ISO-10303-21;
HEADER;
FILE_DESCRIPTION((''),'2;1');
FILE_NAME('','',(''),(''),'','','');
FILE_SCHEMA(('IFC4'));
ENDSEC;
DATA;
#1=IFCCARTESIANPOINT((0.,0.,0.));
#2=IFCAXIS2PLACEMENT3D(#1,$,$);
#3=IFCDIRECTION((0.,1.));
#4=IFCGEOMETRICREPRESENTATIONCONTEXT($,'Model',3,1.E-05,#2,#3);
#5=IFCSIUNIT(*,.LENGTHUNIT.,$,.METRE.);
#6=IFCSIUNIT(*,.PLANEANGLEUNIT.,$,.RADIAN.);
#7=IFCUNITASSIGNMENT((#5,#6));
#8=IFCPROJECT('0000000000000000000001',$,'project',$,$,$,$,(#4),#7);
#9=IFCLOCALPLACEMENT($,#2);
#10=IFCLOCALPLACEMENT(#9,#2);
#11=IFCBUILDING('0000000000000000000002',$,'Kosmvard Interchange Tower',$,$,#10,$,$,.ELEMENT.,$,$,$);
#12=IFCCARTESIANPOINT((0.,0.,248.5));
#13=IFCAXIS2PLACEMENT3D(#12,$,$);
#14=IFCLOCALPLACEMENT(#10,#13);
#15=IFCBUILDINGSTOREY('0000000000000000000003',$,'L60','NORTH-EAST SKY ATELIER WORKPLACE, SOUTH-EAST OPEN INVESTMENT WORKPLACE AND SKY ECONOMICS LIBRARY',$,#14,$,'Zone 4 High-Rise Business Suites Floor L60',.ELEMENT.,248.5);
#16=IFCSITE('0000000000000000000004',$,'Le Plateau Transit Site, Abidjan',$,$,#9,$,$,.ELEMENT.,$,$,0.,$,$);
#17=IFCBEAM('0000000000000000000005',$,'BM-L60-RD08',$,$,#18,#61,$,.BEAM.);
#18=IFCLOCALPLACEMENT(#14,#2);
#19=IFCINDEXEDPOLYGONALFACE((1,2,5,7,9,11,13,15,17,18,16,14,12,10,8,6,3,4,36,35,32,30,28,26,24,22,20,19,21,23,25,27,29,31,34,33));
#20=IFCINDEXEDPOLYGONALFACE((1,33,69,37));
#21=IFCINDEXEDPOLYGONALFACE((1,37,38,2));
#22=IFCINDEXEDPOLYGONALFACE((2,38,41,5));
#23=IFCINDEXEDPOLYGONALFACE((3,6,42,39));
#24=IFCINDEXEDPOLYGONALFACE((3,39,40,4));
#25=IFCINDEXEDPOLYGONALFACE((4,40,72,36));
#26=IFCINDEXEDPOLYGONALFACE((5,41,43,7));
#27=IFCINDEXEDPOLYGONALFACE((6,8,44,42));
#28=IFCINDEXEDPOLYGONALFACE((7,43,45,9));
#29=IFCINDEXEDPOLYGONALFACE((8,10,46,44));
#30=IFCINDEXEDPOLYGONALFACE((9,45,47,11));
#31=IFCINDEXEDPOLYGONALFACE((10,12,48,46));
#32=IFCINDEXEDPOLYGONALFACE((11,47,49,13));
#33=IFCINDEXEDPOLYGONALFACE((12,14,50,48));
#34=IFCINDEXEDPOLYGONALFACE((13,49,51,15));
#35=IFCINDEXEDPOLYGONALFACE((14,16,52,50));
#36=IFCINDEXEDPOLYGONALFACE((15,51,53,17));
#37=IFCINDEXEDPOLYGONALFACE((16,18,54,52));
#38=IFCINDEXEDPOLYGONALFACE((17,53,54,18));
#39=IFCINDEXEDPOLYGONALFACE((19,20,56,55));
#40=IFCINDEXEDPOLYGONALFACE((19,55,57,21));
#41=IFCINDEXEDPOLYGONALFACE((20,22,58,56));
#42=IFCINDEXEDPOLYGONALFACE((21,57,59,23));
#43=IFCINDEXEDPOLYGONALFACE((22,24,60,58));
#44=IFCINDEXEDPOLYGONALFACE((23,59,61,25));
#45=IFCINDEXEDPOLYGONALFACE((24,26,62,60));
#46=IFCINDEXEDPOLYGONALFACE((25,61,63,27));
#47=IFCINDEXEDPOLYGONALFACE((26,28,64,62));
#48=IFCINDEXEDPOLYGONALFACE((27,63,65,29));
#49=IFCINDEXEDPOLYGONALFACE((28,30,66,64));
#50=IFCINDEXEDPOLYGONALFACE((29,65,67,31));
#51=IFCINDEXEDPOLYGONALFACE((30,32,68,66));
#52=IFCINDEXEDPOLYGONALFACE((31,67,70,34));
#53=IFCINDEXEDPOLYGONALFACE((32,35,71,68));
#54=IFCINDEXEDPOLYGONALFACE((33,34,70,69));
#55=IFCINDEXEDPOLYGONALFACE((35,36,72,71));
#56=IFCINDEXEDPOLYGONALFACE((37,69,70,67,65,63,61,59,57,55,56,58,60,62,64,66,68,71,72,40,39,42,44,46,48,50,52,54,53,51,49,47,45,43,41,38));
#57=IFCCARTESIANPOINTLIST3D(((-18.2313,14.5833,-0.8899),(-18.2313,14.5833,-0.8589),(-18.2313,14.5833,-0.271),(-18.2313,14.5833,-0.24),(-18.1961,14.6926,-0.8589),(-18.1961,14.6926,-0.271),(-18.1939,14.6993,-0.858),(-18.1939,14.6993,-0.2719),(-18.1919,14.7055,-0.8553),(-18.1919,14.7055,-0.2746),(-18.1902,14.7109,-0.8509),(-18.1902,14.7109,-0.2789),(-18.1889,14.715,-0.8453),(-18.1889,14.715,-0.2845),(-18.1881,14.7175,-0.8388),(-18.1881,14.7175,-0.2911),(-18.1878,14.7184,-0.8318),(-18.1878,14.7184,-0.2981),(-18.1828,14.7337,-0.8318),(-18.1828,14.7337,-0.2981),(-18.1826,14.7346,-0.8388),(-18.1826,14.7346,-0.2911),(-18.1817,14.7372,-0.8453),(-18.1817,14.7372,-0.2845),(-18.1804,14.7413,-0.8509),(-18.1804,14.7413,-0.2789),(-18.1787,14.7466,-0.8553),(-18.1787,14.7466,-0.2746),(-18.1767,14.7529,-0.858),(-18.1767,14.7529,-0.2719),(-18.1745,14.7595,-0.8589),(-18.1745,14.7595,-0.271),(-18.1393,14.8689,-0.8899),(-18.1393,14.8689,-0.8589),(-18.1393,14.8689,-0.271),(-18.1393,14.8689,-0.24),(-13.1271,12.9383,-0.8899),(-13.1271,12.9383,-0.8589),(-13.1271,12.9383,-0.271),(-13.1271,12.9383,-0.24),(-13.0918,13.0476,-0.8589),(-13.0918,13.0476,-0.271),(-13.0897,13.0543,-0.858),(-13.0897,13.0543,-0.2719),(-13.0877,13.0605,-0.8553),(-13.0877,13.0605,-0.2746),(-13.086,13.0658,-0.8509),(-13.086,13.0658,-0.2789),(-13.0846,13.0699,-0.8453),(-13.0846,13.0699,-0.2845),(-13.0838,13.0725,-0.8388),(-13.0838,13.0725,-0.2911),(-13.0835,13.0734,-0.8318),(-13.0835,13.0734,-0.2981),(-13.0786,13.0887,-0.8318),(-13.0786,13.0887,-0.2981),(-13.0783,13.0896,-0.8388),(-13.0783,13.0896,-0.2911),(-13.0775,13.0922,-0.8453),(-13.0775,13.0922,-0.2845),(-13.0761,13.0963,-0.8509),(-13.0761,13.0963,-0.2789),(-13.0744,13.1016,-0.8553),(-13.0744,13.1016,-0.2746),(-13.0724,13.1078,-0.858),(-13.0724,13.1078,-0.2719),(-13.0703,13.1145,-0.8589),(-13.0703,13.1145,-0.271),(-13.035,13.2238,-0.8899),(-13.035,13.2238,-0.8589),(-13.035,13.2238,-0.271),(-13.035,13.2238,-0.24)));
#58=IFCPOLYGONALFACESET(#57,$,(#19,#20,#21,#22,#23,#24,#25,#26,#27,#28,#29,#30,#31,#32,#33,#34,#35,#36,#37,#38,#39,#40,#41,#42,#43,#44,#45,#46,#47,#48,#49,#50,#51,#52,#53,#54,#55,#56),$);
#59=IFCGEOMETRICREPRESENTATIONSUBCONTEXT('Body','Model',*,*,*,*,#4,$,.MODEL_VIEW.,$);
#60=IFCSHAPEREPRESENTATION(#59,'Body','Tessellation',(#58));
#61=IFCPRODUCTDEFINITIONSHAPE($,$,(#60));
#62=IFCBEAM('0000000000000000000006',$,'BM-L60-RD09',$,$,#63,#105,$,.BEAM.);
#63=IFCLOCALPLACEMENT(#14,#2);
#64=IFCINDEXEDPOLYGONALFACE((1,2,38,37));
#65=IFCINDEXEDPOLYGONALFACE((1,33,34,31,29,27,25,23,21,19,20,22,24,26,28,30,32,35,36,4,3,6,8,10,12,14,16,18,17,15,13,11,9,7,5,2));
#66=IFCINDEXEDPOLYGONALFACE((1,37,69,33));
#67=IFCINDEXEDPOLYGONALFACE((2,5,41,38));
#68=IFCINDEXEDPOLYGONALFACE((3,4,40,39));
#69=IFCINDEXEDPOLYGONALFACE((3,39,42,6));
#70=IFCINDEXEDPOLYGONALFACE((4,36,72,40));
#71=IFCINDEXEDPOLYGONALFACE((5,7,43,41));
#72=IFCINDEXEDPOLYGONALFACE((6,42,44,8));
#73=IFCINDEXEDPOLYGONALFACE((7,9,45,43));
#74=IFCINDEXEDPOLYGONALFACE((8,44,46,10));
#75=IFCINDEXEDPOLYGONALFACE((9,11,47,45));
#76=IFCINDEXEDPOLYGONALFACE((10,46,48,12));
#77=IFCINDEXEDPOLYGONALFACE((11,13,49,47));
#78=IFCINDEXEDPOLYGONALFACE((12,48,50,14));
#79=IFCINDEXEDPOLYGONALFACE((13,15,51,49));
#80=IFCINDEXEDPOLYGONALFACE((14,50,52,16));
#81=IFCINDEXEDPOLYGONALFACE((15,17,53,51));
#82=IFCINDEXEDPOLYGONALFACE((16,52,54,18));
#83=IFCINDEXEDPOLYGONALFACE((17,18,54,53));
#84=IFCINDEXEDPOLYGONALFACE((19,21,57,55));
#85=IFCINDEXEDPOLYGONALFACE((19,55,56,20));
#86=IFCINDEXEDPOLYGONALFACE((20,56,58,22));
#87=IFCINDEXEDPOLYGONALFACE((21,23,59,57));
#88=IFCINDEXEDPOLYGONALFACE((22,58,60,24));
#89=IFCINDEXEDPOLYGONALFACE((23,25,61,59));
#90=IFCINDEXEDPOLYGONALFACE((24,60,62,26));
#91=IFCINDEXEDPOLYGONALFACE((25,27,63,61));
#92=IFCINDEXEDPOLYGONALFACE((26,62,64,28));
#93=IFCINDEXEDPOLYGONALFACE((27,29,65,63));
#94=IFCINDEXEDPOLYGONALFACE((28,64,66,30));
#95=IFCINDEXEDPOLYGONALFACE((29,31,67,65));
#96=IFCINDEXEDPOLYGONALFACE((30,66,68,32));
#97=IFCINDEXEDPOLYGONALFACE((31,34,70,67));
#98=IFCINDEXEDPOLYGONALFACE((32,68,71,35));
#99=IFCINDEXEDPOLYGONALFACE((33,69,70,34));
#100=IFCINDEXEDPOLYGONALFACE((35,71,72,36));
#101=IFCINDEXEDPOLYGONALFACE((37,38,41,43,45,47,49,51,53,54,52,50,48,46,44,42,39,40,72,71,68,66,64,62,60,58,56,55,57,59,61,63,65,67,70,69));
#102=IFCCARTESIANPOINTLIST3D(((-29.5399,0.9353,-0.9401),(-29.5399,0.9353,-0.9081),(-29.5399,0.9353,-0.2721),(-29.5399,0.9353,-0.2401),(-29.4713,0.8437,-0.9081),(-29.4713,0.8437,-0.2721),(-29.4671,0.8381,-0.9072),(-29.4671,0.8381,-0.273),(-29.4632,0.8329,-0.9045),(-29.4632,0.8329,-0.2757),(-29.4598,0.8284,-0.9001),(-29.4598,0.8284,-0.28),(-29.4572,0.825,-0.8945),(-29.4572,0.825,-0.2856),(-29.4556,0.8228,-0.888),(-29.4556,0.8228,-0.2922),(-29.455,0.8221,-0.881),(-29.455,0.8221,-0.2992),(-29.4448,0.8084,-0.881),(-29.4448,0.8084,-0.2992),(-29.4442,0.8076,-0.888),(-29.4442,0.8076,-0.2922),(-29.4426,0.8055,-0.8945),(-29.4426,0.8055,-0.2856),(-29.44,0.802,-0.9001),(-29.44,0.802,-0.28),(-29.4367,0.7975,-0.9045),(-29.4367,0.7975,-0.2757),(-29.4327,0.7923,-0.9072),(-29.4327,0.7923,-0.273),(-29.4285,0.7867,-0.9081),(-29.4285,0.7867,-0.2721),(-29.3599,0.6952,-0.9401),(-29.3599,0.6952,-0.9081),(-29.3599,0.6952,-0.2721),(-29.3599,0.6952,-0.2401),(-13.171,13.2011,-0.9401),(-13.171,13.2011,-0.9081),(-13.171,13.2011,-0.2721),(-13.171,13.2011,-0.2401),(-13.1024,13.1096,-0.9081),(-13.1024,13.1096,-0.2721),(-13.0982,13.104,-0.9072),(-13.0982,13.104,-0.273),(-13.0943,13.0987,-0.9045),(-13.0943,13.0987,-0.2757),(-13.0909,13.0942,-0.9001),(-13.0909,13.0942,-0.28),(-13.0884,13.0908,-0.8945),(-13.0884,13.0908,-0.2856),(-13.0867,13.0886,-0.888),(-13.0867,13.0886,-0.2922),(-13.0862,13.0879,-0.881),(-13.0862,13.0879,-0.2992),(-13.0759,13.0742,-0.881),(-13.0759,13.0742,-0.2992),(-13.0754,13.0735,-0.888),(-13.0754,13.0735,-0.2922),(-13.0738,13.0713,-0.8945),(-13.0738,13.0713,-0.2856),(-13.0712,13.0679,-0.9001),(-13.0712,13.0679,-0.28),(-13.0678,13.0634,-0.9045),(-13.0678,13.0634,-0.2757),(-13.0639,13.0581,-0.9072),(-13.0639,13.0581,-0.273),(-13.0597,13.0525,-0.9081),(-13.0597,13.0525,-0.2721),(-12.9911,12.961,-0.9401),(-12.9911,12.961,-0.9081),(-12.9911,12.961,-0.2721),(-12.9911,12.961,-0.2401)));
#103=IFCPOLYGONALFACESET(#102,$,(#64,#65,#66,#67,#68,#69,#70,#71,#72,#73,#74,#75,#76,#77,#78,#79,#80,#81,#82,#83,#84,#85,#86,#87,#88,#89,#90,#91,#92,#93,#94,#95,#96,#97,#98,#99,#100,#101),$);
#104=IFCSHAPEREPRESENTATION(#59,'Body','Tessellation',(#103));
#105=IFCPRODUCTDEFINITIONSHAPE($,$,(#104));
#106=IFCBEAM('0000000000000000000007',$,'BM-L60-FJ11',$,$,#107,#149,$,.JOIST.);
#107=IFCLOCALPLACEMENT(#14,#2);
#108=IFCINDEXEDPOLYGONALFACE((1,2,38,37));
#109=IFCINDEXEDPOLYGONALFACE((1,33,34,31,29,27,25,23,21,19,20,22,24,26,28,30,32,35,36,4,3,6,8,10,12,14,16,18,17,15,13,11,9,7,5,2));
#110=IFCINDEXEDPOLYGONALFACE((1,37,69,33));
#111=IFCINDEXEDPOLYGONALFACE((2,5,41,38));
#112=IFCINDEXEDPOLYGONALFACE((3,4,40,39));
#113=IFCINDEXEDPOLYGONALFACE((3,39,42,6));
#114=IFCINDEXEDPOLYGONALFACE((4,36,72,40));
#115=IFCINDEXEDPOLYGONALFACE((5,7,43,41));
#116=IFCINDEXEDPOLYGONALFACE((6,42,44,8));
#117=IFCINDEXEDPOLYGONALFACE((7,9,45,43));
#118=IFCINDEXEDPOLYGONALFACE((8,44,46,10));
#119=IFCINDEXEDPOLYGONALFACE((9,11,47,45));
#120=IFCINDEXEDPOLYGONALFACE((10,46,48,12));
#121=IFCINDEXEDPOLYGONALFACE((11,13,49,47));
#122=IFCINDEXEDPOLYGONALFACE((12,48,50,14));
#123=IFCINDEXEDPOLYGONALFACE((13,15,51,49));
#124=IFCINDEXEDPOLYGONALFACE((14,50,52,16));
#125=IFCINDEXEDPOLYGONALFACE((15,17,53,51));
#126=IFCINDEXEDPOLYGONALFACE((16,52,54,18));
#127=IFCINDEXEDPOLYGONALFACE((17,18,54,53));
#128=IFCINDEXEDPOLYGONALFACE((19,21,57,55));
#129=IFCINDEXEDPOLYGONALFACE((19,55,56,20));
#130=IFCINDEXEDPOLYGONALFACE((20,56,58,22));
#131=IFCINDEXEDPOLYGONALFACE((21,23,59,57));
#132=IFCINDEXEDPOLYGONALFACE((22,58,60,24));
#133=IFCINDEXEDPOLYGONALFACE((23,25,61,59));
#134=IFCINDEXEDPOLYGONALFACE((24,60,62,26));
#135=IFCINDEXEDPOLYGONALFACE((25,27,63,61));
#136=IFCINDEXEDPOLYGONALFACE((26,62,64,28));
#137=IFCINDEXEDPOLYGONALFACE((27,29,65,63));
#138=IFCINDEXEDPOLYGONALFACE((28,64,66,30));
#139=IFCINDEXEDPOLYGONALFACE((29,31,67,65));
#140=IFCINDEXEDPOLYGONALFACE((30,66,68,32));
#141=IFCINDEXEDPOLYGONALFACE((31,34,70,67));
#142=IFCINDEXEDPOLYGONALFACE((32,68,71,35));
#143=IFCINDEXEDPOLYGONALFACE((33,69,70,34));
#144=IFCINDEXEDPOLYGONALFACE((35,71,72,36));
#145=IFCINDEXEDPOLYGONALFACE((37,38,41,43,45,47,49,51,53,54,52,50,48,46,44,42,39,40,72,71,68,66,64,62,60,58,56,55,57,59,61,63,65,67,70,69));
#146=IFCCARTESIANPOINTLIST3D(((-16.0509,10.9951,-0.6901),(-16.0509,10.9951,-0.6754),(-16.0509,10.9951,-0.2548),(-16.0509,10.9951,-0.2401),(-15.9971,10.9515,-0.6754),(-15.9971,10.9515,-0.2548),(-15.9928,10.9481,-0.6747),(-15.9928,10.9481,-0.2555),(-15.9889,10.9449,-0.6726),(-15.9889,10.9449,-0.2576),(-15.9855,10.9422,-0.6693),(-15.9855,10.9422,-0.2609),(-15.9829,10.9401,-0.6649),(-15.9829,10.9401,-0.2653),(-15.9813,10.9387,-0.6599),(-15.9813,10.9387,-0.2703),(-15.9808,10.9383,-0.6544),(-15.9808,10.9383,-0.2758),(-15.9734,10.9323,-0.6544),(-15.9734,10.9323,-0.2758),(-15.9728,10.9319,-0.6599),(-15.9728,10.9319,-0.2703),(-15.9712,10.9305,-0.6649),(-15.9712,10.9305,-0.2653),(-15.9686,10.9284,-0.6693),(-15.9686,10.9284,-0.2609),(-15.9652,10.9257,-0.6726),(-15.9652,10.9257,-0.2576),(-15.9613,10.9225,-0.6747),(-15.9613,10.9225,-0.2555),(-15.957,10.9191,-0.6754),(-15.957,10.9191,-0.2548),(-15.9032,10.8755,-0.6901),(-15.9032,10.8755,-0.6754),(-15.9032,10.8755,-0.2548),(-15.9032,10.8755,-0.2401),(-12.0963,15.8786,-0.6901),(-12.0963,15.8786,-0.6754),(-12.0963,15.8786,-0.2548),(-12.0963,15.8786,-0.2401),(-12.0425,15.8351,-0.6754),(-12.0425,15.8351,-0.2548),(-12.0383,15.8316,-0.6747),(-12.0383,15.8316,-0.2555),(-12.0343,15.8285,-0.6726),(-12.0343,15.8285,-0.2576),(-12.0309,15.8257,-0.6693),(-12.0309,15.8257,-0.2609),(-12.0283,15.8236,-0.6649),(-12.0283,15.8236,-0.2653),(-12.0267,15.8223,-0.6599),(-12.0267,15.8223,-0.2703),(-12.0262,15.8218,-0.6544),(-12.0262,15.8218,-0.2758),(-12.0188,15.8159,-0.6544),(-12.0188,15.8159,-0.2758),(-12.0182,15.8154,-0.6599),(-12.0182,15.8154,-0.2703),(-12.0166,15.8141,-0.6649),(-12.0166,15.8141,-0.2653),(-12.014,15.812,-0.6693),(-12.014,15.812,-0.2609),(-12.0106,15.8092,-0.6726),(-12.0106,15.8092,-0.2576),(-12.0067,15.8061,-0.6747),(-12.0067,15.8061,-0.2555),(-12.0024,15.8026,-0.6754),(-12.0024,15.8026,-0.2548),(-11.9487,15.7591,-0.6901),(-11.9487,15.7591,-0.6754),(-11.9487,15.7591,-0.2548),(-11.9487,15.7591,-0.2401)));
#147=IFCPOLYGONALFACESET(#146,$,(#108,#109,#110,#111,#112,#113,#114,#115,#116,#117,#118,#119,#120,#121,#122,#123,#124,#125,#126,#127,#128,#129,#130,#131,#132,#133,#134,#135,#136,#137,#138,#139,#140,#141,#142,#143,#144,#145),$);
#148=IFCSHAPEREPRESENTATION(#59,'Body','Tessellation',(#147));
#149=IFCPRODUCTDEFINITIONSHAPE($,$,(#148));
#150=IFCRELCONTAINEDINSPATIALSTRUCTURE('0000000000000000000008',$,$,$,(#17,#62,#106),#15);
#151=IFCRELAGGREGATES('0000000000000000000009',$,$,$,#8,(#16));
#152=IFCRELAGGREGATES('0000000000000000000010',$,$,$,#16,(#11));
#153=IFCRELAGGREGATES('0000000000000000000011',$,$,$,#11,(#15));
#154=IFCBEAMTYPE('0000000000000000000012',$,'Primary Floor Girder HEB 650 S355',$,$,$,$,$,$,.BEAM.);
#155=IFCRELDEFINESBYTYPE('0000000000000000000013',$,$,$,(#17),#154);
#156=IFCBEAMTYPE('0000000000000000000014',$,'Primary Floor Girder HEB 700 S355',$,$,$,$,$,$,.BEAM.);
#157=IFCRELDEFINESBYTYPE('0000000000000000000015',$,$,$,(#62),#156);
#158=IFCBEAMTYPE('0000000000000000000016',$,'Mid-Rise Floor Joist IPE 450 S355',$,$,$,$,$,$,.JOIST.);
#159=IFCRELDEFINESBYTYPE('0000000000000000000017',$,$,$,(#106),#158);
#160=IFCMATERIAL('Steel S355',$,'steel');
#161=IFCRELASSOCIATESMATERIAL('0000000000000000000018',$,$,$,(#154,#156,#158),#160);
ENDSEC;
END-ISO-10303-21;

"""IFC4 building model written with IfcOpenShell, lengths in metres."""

from ifc_helpers import new_model, si_unit, direction, frame, origin, origin_2d, place, context, subcontext, project, spatial, i_section, extrude, source, transform, mapped, material, material_profile, profile_set, type_object, element, save


model = new_model("IFC4")

# Units and contexts
model_context = context("Model", 3, precision=1e-05, world=origin(), true_north=direction((0.0, 1.0)))
body_context = subcontext(model_context, "Body", "Model", "MODEL_VIEW")
ifc_project = project(units=[si_unit("LENGTHUNIT", "METRE"), si_unit("PLANEANGLEUNIT", "RADIAN")], contexts=[model_context])

# Site, building, storey
site_placement = place(None, origin())
site = spatial("IfcSite", under=ifc_project, at=site_placement, Name="Le Plateau Transit Site, Abidjan", CompositionType="ELEMENT", RefElevation=0.0)
building_placement = place(site_placement, origin())
building = spatial("IfcBuilding", under=site, at=building_placement, Name="Kosmvard Interchange Tower", CompositionType="ELEMENT")
storey_placement = place(building_placement, frame((0.0, 0.0, 248.5)))
storey = spatial("IfcBuildingStorey", under=building, at=storey_placement, Name="L60", Description="NORTH-EAST SKY ATELIER WORKPLACE, SOUTH-EAST OPEN INVESTMENT WORKPLACE AND SKY ECONOMICS LIBRARY", LongName="Zone 4 High-Rise Business Suites Floor L60", CompositionType="ELEMENT", Elevation=248.5)

# Beams
ifc_material_1 = material(Name="Steel S355", Category="steel")
ifc_material_profile_1 = material_profile(ifc_material_1, i_section(OverallWidth=0.3, OverallDepth=0.6499, WebThickness=0.0161, FlangeThickness=0.031, FilletRadius=0.0271, at=origin_2d()), Name="HEB 650")
ifc_profile_set_1 = profile_set([ifc_material_profile_1], Name="Steel S355")
beam_type_1 = type_object("IfcBeamType", Name="Primary Floor Girder HEB 650 S355", PredefinedType="BEAM", material=ifc_profile_set_1)
shared_shape_1 = source(origin(), body_context, "Body", "SweptSolid", [
    extrude(i_section(OverallWidth=0.3, OverallDepth=0.6499, WebThickness=0.0161, FlangeThickness=0.031, FilletRadius=0.0271, at=origin_2d()), origin(), (0.0, 0.0, 1.0), 5.3628),
])
beam_1_placement = place(storey_placement, frame((-13.0811, 13.0811, -0.5649), z_axis=(-0.951791, 0.306747, 0.0), x_axis=(-0.306747, -0.951791, 0.0)))
element("IfcBeam", 1, at=beam_1_placement, inside=storey, type_object=beam_type_1, Name="BM-L60-RD08", PredefinedType="BEAM", context=body_context, shape_type="MappedRepresentation", body=[
    mapped(shared_shape_1, transform((0.0, 0.0, 0.0), scale=1.0)),
])
ifc_material_profile_2 = material_profile(ifc_material_1, i_section(OverallWidth=0.3, OverallDepth=0.7, WebThickness=0.0171, FlangeThickness=0.032, FilletRadius=0.0271, at=origin_2d()), Name="HEB 700")
ifc_profile_set_2 = profile_set([ifc_material_profile_2], Name="Steel S355")
beam_type_2 = type_object("IfcBeamType", Name="Primary Floor Girder HEB 700 S355", PredefinedType="BEAM", material=ifc_profile_set_2)
shared_shape_2 = source(origin(), body_context, "Body", "SweptSolid", [
    extrude(i_section(OverallWidth=0.3, OverallDepth=0.7, WebThickness=0.0171, FlangeThickness=0.032, FilletRadius=0.0271, at=origin_2d()), origin(), (0.0, 0.0, 1.0), 20.4546),
])
beam_2_placement = place(storey_placement, frame((-13.0811, 13.0811, -0.5901), z_axis=(-0.800253, -0.599662, 0.0), x_axis=(0.599662, -0.800253, 0.0)))
element("IfcBeam", 2, at=beam_2_placement, inside=storey, type_object=beam_type_2, Name="BM-L60-RD09", PredefinedType="BEAM", context=body_context, shape_type="MappedRepresentation", body=[
    mapped(shared_shape_2, transform((0.0, 0.0, 0.0), scale=1.0)),
])
ifc_material_profile_3 = material_profile(ifc_material_1, i_section(OverallWidth=0.1899, OverallDepth=0.45, WebThickness=0.0095, FlangeThickness=0.0146, FilletRadius=0.021, at=origin_2d()), Name="IPE 450")
ifc_profile_set_3 = profile_set([ifc_material_profile_3], Name="Steel S355")
beam_type_3 = type_object("IfcBeamType", Name="Mid-Rise Floor Joist IPE 450 S355", PredefinedType="JOIST", material=ifc_profile_set_3)
shared_shape_3 = source(origin(), body_context, "Body", "SweptSolid", [
    extrude(i_section(OverallWidth=0.1899, OverallDepth=0.45, WebThickness=0.0095, FlangeThickness=0.0146, FilletRadius=0.021, at=origin_2d()), origin(), (0.0, 0.0, 1.0), 6.2839),
])
beam_3_placement = place(storey_placement, frame((-12.0225, 15.8188, -0.4651), z_axis=(-0.629318, -0.777148, 0.0), x_axis=(0.777148, -0.629318, 0.0)))
element("IfcBeam", 3, at=beam_3_placement, inside=storey, type_object=beam_type_3, Name="BM-L60-FJ11", PredefinedType="JOIST", context=body_context, shape_type="MappedRepresentation", body=[
    mapped(shared_shape_3, transform((0.0, 0.0, 0.0), scale=1.0)),
])

save(model, "model.ifc")
